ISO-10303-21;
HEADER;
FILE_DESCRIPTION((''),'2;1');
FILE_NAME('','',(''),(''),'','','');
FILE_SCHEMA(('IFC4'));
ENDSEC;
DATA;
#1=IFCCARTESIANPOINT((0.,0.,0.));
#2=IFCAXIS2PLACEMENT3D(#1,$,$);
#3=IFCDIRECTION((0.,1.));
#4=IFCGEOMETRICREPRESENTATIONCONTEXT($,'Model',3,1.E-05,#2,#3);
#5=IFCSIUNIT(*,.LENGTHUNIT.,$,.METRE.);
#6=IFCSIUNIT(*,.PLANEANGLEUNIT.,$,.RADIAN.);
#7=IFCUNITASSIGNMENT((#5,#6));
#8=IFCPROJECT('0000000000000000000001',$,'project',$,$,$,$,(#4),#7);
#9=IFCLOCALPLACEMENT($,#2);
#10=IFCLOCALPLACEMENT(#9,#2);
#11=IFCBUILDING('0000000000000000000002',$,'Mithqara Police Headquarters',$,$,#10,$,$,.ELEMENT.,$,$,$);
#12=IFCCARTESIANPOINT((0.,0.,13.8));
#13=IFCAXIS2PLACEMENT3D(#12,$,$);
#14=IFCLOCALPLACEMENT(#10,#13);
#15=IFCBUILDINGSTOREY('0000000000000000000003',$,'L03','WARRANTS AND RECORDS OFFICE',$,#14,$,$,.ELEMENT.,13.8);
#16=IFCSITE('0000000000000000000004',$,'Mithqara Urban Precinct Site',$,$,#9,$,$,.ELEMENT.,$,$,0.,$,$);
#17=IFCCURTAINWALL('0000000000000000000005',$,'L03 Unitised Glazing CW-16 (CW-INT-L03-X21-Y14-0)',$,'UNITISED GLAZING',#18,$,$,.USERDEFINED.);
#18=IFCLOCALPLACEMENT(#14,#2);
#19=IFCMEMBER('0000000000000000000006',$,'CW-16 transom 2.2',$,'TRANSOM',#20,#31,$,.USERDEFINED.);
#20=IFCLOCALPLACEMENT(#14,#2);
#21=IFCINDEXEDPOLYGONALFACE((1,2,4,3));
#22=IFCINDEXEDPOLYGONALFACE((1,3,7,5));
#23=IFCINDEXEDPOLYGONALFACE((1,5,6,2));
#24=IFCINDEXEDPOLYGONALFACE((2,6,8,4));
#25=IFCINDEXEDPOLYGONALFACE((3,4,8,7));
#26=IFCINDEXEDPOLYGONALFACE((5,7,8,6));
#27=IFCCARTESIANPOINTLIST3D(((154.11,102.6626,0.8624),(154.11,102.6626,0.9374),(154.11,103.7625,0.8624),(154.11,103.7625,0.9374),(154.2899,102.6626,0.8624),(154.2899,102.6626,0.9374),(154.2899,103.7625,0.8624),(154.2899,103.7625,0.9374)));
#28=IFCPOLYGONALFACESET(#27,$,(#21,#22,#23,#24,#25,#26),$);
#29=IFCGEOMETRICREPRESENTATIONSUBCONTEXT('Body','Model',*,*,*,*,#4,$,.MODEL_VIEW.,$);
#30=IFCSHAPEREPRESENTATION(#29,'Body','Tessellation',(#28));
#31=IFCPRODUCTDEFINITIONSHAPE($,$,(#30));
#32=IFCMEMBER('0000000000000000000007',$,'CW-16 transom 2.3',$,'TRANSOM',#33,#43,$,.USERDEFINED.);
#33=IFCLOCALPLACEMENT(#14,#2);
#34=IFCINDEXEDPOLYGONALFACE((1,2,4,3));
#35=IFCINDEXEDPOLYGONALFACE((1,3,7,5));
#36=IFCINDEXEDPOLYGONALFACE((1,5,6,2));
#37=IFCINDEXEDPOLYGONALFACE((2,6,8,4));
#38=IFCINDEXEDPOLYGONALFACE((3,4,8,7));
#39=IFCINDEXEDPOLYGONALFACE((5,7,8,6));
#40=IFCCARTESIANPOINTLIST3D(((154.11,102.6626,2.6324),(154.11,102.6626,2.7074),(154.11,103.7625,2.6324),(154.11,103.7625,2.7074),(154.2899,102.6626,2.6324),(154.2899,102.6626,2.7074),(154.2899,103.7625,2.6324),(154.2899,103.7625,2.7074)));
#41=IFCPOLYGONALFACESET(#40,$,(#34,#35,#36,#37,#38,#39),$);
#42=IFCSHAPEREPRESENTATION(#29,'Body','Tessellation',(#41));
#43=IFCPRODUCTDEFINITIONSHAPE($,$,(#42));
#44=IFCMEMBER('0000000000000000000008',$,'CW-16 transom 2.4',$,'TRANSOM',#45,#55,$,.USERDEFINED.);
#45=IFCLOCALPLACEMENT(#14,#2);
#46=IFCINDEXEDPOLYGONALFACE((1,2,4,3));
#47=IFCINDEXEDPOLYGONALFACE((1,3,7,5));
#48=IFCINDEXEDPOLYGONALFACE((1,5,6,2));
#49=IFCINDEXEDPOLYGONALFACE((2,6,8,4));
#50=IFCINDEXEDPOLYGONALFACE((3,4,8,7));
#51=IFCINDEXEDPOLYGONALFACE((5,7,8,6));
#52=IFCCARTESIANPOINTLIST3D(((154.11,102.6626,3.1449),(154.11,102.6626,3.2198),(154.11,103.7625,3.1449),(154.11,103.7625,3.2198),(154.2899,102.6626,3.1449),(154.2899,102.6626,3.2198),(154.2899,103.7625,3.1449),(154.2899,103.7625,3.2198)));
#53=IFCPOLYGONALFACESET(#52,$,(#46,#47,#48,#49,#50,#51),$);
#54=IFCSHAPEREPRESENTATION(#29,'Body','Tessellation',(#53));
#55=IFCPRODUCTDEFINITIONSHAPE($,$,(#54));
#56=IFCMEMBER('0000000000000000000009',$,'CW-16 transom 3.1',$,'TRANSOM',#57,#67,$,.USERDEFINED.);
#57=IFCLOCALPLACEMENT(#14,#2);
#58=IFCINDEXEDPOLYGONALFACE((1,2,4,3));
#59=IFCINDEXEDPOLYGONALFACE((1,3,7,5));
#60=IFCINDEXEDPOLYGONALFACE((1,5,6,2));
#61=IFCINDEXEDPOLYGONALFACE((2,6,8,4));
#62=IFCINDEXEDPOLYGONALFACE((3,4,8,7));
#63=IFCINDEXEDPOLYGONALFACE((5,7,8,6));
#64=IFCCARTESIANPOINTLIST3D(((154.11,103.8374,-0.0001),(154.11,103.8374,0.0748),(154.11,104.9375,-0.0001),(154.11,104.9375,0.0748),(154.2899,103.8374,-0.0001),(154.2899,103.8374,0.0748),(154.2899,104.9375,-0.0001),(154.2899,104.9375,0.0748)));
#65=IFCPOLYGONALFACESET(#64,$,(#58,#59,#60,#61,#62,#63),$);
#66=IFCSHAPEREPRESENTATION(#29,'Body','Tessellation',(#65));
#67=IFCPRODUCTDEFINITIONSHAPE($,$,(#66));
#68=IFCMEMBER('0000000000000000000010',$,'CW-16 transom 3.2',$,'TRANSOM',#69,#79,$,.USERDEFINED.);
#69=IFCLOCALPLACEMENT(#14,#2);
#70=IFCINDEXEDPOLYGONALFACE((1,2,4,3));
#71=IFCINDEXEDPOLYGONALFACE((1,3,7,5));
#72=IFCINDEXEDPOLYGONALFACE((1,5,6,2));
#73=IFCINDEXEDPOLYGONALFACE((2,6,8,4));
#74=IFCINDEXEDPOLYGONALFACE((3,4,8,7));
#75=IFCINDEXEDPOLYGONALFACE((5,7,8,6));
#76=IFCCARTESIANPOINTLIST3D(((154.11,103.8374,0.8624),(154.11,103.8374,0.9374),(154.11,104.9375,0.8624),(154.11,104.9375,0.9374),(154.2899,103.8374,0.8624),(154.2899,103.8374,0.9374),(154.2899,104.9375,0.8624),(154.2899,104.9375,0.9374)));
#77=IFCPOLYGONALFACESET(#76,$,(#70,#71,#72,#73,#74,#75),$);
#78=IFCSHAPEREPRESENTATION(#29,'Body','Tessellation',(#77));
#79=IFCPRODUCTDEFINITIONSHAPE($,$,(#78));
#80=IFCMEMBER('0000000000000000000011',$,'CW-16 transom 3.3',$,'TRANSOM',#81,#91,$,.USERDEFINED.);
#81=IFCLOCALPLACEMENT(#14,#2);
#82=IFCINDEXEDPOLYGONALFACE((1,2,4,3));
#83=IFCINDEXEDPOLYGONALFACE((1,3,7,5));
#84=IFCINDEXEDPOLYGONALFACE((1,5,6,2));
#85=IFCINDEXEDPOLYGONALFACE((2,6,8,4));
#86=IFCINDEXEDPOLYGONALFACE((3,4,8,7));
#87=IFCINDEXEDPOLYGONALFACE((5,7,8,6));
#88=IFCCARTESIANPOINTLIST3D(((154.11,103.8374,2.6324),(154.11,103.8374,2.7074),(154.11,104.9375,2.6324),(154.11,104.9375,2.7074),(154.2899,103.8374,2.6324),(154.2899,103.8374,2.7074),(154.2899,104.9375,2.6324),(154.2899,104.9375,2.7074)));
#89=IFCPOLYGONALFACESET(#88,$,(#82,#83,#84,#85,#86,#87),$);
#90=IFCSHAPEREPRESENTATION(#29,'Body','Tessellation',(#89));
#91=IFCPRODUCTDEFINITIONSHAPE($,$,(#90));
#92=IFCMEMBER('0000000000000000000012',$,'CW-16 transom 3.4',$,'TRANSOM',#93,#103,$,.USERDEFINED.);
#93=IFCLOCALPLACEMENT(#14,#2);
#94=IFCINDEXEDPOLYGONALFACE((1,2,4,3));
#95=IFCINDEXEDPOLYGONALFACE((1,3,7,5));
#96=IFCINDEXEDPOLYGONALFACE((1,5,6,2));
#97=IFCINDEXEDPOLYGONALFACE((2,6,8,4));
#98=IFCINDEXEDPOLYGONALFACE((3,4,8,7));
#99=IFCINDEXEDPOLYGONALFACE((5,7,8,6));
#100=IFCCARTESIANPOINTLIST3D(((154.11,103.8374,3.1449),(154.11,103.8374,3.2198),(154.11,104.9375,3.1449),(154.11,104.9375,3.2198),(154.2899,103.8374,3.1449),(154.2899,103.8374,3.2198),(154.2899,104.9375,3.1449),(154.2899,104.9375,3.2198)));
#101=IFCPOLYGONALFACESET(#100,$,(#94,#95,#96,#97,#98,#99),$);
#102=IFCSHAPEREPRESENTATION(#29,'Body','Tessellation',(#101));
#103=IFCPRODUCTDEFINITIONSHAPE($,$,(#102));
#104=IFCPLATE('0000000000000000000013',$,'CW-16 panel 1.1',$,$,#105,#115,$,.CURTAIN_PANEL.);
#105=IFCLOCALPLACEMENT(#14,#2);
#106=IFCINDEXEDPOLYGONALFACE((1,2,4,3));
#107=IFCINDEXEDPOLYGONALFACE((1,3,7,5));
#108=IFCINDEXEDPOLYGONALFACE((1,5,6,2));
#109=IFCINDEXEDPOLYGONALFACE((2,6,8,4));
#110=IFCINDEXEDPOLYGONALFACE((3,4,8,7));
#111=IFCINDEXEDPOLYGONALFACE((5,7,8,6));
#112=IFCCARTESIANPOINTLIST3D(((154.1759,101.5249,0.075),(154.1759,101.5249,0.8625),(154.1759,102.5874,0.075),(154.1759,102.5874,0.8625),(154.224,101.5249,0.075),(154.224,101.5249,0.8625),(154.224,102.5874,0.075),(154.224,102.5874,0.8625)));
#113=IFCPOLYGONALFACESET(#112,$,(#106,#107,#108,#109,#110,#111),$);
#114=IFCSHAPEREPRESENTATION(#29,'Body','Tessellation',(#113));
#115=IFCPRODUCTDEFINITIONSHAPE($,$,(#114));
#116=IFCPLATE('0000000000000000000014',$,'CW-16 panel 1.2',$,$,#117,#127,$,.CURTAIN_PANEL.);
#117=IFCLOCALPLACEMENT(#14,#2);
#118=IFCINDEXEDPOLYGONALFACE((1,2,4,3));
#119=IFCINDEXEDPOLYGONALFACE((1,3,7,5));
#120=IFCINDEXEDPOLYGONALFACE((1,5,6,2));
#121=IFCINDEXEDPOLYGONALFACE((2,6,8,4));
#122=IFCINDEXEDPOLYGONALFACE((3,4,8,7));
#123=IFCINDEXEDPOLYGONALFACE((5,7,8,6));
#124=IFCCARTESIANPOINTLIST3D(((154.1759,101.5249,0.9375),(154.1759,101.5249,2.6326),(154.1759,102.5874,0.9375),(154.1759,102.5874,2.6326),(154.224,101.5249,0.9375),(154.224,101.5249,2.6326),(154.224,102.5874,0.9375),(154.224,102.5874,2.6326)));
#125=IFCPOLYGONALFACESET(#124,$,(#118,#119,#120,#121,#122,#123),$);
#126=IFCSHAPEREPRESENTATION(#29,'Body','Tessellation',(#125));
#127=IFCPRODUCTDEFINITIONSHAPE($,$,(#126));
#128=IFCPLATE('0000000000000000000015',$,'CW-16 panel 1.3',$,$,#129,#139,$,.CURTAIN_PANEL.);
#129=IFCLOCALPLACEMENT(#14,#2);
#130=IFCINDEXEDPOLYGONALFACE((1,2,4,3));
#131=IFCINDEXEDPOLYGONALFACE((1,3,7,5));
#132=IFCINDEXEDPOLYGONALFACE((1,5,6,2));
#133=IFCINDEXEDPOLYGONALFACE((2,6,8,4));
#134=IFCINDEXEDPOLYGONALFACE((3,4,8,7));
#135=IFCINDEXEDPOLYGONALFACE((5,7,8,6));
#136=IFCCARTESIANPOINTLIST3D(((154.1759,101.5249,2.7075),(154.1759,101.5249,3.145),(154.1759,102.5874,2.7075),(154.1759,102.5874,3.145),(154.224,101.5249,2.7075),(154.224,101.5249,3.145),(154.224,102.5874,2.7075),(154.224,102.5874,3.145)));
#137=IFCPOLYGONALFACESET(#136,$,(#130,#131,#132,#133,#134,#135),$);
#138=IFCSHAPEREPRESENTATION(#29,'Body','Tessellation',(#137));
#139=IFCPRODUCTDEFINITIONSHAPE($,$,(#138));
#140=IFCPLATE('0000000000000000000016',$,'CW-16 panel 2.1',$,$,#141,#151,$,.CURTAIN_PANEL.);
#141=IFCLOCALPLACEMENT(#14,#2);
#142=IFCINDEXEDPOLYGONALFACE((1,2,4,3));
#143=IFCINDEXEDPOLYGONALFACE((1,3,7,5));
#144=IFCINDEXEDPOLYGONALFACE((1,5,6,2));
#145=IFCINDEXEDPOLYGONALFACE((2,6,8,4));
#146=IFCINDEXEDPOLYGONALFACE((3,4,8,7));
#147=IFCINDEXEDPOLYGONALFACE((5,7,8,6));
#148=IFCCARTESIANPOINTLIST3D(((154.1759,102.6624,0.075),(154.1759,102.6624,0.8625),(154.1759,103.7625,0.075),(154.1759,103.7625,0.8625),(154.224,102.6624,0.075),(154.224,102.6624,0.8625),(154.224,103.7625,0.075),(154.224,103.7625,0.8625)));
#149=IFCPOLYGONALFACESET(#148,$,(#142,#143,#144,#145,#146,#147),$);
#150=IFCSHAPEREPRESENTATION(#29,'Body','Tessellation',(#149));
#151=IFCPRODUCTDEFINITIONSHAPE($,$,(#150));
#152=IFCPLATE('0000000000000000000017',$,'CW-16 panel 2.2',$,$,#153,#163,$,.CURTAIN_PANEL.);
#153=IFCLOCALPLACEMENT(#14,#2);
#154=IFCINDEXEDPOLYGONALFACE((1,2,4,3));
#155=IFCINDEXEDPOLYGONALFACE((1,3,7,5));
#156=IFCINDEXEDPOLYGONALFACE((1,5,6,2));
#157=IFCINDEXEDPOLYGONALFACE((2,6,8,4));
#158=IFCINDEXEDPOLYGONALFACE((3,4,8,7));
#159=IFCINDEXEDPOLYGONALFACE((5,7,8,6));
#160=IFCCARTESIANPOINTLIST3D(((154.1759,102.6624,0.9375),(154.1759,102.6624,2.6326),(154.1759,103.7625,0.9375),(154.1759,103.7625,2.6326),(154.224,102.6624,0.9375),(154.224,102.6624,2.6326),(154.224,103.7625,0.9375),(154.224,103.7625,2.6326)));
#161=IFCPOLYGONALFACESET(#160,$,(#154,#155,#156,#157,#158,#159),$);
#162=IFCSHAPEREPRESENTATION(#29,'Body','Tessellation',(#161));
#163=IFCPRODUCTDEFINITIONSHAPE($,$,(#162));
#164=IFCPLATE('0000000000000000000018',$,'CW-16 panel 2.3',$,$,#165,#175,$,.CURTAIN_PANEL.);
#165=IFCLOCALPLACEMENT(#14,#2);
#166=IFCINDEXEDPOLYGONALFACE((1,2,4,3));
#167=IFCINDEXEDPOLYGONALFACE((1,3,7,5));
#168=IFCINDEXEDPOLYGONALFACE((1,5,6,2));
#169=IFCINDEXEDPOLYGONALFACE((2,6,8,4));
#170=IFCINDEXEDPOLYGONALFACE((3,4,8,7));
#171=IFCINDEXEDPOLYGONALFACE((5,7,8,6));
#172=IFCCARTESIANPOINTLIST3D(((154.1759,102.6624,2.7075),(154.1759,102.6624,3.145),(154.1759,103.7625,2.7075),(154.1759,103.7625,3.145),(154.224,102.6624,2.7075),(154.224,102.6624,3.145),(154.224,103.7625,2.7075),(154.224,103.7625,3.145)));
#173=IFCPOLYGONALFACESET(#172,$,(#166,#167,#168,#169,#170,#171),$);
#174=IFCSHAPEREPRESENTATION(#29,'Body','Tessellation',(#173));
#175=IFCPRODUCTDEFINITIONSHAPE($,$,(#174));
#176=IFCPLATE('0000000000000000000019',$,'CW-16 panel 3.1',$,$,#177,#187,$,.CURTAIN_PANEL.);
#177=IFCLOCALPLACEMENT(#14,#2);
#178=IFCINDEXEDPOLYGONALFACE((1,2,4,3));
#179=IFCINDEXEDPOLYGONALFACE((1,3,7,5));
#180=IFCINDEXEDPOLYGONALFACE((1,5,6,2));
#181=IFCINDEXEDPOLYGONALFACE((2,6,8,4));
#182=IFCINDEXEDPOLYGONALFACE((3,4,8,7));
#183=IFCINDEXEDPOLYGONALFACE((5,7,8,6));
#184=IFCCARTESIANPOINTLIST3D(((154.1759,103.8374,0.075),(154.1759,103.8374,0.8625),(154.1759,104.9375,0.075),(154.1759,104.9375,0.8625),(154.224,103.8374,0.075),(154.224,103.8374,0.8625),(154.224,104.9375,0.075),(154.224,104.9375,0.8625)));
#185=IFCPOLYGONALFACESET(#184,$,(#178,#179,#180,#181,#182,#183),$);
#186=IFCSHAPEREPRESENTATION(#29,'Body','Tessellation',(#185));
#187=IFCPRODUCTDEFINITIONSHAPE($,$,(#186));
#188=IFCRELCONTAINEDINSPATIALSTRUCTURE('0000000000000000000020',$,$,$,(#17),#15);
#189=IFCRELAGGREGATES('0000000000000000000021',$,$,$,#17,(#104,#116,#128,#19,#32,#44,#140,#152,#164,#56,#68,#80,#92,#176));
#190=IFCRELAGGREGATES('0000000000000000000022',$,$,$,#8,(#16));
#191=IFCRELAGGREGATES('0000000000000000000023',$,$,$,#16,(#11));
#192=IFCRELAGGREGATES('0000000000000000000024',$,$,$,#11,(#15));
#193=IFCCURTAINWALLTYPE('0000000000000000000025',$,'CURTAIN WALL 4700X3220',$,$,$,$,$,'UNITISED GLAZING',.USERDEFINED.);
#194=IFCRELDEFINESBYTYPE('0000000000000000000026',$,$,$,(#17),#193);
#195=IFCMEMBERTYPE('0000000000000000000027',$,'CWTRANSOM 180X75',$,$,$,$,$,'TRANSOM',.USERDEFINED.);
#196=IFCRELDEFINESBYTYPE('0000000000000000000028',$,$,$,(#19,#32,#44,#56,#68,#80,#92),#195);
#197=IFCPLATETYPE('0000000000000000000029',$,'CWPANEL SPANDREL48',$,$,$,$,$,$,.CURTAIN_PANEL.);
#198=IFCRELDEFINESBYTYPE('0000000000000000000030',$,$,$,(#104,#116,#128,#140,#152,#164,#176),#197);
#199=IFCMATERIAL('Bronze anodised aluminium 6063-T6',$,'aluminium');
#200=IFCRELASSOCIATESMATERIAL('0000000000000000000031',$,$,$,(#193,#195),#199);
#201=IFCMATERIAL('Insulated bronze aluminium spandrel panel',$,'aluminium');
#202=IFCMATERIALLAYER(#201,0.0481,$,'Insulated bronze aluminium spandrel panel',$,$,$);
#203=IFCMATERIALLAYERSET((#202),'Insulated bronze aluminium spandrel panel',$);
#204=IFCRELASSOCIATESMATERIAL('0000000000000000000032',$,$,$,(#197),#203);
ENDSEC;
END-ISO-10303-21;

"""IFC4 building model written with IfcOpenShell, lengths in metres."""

from ifc_helpers import new_model, si_unit, direction, frame, origin, origin_2d, place, context, subcontext, project, spatial, rectangle, extrude, material, layer, layer_set, material_profile, profile_set, type_object, element, aggregate, save


model = new_model("IFC4")

# Units and contexts
model_context = context("Model", 3, precision=1e-05, world=origin(), true_north=direction((0.0, 1.0)))
body_context = subcontext(model_context, "Body", "Model", "MODEL_VIEW")
ifc_project = project(units=[si_unit("LENGTHUNIT", "METRE"), si_unit("PLANEANGLEUNIT", "RADIAN")], contexts=[model_context])

# Site, building, storey
site_placement = place(None, origin())
site = spatial("IfcSite", under=ifc_project, at=site_placement, Name="Mithqara Urban Precinct Site", CompositionType="ELEMENT", RefElevation=0.0)
building_placement = place(site_placement, origin())
building = spatial("IfcBuilding", under=site, at=building_placement, Name="Mithqara Police Headquarters", CompositionType="ELEMENT")
storey_placement = place(building_placement, frame((0.0, 0.0, 13.8)))
storey = spatial("IfcBuildingStorey", under=building, at=storey_placement, Name="L03", Description="WARRANTS AND RECORDS OFFICE", CompositionType="ELEMENT", Elevation=13.8)

# Curtain wall, members, plates
ifc_material_1 = material(Name="Bronze anodised aluminium 6063-T6", Category="aluminium")
curtain_wall_type = type_object("IfcCurtainWallType", Name="CURTAIN WALL 4700X3220", ElementType="UNITISED GLAZING", PredefinedType="USERDEFINED", material=ifc_material_1)
curtain_wall_placement = place(storey_placement, origin())
curtain_wall = element("IfcCurtainWall", 1, at=curtain_wall_placement, inside=storey, type_object=curtain_wall_type, Name="L03 Unitised Glazing CW-16 (CW-INT-L03-X21-Y14-0)", ObjectType="UNITISED GLAZING", PredefinedType="USERDEFINED")
ifc_material_profile_1 = material_profile(ifc_material_1, rectangle(XDim=0.1799, YDim=0.075, at=origin_2d()), Name="CWT 180x75")
ifc_profile_set_1 = profile_set([ifc_material_profile_1], Name="Bronze anodised aluminium 6063-T6")
member_type_1 = type_object("IfcMemberType", Name="CWTRANSOM 180X75", ElementType="TRANSOM", PredefinedType="USERDEFINED", material=ifc_profile_set_1)
member_1_placement = place(storey_placement, frame((154.2, 102.6626, 0.8999), z_axis=(0.0, 1.0, 0.0), x_axis=(-1.0, 0.0, 0.0)))
member_1 = element("IfcMember", 2, at=member_1_placement, type_object=member_type_1, Name="CW-16 transom 2.2", ObjectType="TRANSOM", PredefinedType="USERDEFINED", context=body_context, shape_type="SweptSolid", body=[
    extrude(rectangle(XDim=0.1799, YDim=0.075, at=origin_2d()), origin(), (0.0, 0.0, 1.0), 1.0999),
])
member_2_placement = place(storey_placement, frame((154.2, 102.6626, 2.6699), z_axis=(0.0, 1.0, 0.0), x_axis=(-1.0, 0.0, 0.0)))
member_2 = element("IfcMember", 3, at=member_2_placement, type_object=member_type_1, Name="CW-16 transom 2.3", ObjectType="TRANSOM", PredefinedType="USERDEFINED", context=body_context, shape_type="SweptSolid", body=[
    extrude(rectangle(XDim=0.1799, YDim=0.075, at=origin_2d()), origin(), (0.0, 0.0, 1.0), 1.0999),
])
member_3_placement = place(storey_placement, frame((154.2, 102.6626, 3.1824), z_axis=(0.0, 1.0, 0.0), x_axis=(-1.0, 0.0, 0.0)))
member_3 = element("IfcMember", 4, at=member_3_placement, type_object=member_type_1, Name="CW-16 transom 2.4", ObjectType="TRANSOM", PredefinedType="USERDEFINED", context=body_context, shape_type="SweptSolid", body=[
    extrude(rectangle(XDim=0.1799, YDim=0.075, at=origin_2d()), origin(), (0.0, 0.0, 1.0), 1.0999),
])
member_4_placement = place(storey_placement, frame((154.2, 103.8374, 0.0374), z_axis=(0.0, 1.0, 0.0), x_axis=(-1.0, 0.0, 0.0)))
member_4 = element("IfcMember", 5, at=member_4_placement, type_object=member_type_1, Name="CW-16 transom 3.1", ObjectType="TRANSOM", PredefinedType="USERDEFINED", context=body_context, shape_type="SweptSolid", body=[
    extrude(rectangle(XDim=0.1799, YDim=0.075, at=origin_2d()), origin(), (0.0, 0.0, 1.0), 1.1001),
])
member_5_placement = place(storey_placement, frame((154.2, 103.8374, 0.8999), z_axis=(0.0, 1.0, 0.0), x_axis=(-1.0, 0.0, 0.0)))
member_5 = element("IfcMember", 6, at=member_5_placement, type_object=member_type_1, Name="CW-16 transom 3.2", ObjectType="TRANSOM", PredefinedType="USERDEFINED", context=body_context, shape_type="SweptSolid", body=[
    extrude(rectangle(XDim=0.1799, YDim=0.075, at=origin_2d()), origin(), (0.0, 0.0, 1.0), 1.1001),
])
member_6_placement = place(storey_placement, frame((154.2, 103.8374, 2.6699), z_axis=(0.0, 1.0, 0.0), x_axis=(-1.0, 0.0, 0.0)))
member_6 = element("IfcMember", 7, at=member_6_placement, type_object=member_type_1, Name="CW-16 transom 3.3", ObjectType="TRANSOM", PredefinedType="USERDEFINED", context=body_context, shape_type="SweptSolid", body=[
    extrude(rectangle(XDim=0.1799, YDim=0.075, at=origin_2d()), origin(), (0.0, 0.0, 1.0), 1.1001),
])
member_7_placement = place(storey_placement, frame((154.2, 103.8374, 3.1824), z_axis=(0.0, 1.0, 0.0), x_axis=(-1.0, 0.0, 0.0)))
member_7 = element("IfcMember", 8, at=member_7_placement, type_object=member_type_1, Name="CW-16 transom 3.4", ObjectType="TRANSOM", PredefinedType="USERDEFINED", context=body_context, shape_type="SweptSolid", body=[
    extrude(rectangle(XDim=0.1799, YDim=0.075, at=origin_2d()), origin(), (0.0, 0.0, 1.0), 1.1001),
])
ifc_material_2 = material(Name="Insulated bronze aluminium spandrel panel", Category="aluminium")
ifc_layer = layer(ifc_material_2, 0.0481, Name="Insulated bronze aluminium spandrel panel")
ifc_layer_set = layer_set([ifc_layer], Name="Insulated bronze aluminium spandrel panel")
plate_type = type_object("IfcPlateType", Name="CWPANEL SPANDREL48", PredefinedType="CURTAIN_PANEL", material=ifc_layer_set)
plate_1_placement = place(storey_placement, frame((154.2, 102.0562, 0.075), z_axis=(0.0, 0.0, 1.0), x_axis=(0.0, 1.0, 0.0)))
plate_1 = element("IfcPlate", 9, at=plate_1_placement, type_object=plate_type, Name="CW-16 panel 1.1", PredefinedType="CURTAIN_PANEL", context=body_context, shape_type="SweptSolid", body=[
    extrude(rectangle(XDim=1.0625, YDim=0.0481, at=origin_2d()), origin(), (0.0, 0.0, 1.0), 0.7876),
])
plate_2_placement = place(storey_placement, frame((154.2, 102.0562, 0.9375), z_axis=(0.0, 0.0, 1.0), x_axis=(0.0, 1.0, 0.0)))
plate_2 = element("IfcPlate", 10, at=plate_2_placement, type_object=plate_type, Name="CW-16 panel 1.2", PredefinedType="CURTAIN_PANEL", context=body_context, shape_type="SweptSolid", body=[
    extrude(rectangle(XDim=1.0625, YDim=0.0481, at=origin_2d()), origin(), (0.0, 0.0, 1.0), 1.6951),
])
plate_3_placement = place(storey_placement, frame((154.2, 102.0562, 2.7075), z_axis=(0.0, 0.0, 1.0), x_axis=(0.0, 1.0, 0.0)))
plate_3 = element("IfcPlate", 11, at=plate_3_placement, type_object=plate_type, Name="CW-16 panel 1.3", PredefinedType="CURTAIN_PANEL", context=body_context, shape_type="SweptSolid", body=[
    extrude(rectangle(XDim=1.0625, YDim=0.0481, at=origin_2d()), origin(), (0.0, 0.0, 1.0), 0.4375),
])
plate_4_placement = place(storey_placement, frame((154.2, 103.2124, 0.075), z_axis=(0.0, 0.0, 1.0), x_axis=(0.0, 1.0, 0.0)))
plate_4 = element("IfcPlate", 12, at=plate_4_placement, type_object=plate_type, Name="CW-16 panel 2.1", PredefinedType="CURTAIN_PANEL", context=body_context, shape_type="SweptSolid", body=[
    extrude(rectangle(XDim=1.1001, YDim=0.0481, at=origin_2d()), origin(), (0.0, 0.0, 1.0), 0.7876),
])
plate_5_placement = place(storey_placement, frame((154.2, 103.2124, 0.9375), z_axis=(0.0, 0.0, 1.0), x_axis=(0.0, 1.0, 0.0)))
plate_5 = element("IfcPlate", 13, at=plate_5_placement, type_object=plate_type, Name="CW-16 panel 2.2", PredefinedType="CURTAIN_PANEL", context=body_context, shape_type="SweptSolid", body=[
    extrude(rectangle(XDim=1.1001, YDim=0.0481, at=origin_2d()), origin(), (0.0, 0.0, 1.0), 1.6951),
])
plate_6_placement = place(storey_placement, frame((154.2, 103.2124, 2.7075), z_axis=(0.0, 0.0, 1.0), x_axis=(0.0, 1.0, 0.0)))
plate_6 = element("IfcPlate", 14, at=plate_6_placement, type_object=plate_type, Name="CW-16 panel 2.3", PredefinedType="CURTAIN_PANEL", context=body_context, shape_type="SweptSolid", body=[
    extrude(rectangle(XDim=1.1001, YDim=0.0481, at=origin_2d()), origin(), (0.0, 0.0, 1.0), 0.4375),
])
plate_7_placement = place(storey_placement, frame((154.2, 104.3875, 0.075), z_axis=(0.0, 0.0, 1.0), x_axis=(0.0, 1.0, 0.0)))
plate_7 = element("IfcPlate", 15, at=plate_7_placement, type_object=plate_type, Name="CW-16 panel 3.1", PredefinedType="CURTAIN_PANEL", context=body_context, shape_type="SweptSolid", body=[
    extrude(rectangle(XDim=1.1001, YDim=0.0481, at=origin_2d()), origin(), (0.0, 0.0, 1.0), 0.7876),
])
aggregate(curtain_wall, [plate_1, plate_2, plate_3, member_1, member_2, member_3, plate_4, plate_5, plate_6, member_4, member_5, member_6, member_7, plate_7])

save(model, "model.ifc")
